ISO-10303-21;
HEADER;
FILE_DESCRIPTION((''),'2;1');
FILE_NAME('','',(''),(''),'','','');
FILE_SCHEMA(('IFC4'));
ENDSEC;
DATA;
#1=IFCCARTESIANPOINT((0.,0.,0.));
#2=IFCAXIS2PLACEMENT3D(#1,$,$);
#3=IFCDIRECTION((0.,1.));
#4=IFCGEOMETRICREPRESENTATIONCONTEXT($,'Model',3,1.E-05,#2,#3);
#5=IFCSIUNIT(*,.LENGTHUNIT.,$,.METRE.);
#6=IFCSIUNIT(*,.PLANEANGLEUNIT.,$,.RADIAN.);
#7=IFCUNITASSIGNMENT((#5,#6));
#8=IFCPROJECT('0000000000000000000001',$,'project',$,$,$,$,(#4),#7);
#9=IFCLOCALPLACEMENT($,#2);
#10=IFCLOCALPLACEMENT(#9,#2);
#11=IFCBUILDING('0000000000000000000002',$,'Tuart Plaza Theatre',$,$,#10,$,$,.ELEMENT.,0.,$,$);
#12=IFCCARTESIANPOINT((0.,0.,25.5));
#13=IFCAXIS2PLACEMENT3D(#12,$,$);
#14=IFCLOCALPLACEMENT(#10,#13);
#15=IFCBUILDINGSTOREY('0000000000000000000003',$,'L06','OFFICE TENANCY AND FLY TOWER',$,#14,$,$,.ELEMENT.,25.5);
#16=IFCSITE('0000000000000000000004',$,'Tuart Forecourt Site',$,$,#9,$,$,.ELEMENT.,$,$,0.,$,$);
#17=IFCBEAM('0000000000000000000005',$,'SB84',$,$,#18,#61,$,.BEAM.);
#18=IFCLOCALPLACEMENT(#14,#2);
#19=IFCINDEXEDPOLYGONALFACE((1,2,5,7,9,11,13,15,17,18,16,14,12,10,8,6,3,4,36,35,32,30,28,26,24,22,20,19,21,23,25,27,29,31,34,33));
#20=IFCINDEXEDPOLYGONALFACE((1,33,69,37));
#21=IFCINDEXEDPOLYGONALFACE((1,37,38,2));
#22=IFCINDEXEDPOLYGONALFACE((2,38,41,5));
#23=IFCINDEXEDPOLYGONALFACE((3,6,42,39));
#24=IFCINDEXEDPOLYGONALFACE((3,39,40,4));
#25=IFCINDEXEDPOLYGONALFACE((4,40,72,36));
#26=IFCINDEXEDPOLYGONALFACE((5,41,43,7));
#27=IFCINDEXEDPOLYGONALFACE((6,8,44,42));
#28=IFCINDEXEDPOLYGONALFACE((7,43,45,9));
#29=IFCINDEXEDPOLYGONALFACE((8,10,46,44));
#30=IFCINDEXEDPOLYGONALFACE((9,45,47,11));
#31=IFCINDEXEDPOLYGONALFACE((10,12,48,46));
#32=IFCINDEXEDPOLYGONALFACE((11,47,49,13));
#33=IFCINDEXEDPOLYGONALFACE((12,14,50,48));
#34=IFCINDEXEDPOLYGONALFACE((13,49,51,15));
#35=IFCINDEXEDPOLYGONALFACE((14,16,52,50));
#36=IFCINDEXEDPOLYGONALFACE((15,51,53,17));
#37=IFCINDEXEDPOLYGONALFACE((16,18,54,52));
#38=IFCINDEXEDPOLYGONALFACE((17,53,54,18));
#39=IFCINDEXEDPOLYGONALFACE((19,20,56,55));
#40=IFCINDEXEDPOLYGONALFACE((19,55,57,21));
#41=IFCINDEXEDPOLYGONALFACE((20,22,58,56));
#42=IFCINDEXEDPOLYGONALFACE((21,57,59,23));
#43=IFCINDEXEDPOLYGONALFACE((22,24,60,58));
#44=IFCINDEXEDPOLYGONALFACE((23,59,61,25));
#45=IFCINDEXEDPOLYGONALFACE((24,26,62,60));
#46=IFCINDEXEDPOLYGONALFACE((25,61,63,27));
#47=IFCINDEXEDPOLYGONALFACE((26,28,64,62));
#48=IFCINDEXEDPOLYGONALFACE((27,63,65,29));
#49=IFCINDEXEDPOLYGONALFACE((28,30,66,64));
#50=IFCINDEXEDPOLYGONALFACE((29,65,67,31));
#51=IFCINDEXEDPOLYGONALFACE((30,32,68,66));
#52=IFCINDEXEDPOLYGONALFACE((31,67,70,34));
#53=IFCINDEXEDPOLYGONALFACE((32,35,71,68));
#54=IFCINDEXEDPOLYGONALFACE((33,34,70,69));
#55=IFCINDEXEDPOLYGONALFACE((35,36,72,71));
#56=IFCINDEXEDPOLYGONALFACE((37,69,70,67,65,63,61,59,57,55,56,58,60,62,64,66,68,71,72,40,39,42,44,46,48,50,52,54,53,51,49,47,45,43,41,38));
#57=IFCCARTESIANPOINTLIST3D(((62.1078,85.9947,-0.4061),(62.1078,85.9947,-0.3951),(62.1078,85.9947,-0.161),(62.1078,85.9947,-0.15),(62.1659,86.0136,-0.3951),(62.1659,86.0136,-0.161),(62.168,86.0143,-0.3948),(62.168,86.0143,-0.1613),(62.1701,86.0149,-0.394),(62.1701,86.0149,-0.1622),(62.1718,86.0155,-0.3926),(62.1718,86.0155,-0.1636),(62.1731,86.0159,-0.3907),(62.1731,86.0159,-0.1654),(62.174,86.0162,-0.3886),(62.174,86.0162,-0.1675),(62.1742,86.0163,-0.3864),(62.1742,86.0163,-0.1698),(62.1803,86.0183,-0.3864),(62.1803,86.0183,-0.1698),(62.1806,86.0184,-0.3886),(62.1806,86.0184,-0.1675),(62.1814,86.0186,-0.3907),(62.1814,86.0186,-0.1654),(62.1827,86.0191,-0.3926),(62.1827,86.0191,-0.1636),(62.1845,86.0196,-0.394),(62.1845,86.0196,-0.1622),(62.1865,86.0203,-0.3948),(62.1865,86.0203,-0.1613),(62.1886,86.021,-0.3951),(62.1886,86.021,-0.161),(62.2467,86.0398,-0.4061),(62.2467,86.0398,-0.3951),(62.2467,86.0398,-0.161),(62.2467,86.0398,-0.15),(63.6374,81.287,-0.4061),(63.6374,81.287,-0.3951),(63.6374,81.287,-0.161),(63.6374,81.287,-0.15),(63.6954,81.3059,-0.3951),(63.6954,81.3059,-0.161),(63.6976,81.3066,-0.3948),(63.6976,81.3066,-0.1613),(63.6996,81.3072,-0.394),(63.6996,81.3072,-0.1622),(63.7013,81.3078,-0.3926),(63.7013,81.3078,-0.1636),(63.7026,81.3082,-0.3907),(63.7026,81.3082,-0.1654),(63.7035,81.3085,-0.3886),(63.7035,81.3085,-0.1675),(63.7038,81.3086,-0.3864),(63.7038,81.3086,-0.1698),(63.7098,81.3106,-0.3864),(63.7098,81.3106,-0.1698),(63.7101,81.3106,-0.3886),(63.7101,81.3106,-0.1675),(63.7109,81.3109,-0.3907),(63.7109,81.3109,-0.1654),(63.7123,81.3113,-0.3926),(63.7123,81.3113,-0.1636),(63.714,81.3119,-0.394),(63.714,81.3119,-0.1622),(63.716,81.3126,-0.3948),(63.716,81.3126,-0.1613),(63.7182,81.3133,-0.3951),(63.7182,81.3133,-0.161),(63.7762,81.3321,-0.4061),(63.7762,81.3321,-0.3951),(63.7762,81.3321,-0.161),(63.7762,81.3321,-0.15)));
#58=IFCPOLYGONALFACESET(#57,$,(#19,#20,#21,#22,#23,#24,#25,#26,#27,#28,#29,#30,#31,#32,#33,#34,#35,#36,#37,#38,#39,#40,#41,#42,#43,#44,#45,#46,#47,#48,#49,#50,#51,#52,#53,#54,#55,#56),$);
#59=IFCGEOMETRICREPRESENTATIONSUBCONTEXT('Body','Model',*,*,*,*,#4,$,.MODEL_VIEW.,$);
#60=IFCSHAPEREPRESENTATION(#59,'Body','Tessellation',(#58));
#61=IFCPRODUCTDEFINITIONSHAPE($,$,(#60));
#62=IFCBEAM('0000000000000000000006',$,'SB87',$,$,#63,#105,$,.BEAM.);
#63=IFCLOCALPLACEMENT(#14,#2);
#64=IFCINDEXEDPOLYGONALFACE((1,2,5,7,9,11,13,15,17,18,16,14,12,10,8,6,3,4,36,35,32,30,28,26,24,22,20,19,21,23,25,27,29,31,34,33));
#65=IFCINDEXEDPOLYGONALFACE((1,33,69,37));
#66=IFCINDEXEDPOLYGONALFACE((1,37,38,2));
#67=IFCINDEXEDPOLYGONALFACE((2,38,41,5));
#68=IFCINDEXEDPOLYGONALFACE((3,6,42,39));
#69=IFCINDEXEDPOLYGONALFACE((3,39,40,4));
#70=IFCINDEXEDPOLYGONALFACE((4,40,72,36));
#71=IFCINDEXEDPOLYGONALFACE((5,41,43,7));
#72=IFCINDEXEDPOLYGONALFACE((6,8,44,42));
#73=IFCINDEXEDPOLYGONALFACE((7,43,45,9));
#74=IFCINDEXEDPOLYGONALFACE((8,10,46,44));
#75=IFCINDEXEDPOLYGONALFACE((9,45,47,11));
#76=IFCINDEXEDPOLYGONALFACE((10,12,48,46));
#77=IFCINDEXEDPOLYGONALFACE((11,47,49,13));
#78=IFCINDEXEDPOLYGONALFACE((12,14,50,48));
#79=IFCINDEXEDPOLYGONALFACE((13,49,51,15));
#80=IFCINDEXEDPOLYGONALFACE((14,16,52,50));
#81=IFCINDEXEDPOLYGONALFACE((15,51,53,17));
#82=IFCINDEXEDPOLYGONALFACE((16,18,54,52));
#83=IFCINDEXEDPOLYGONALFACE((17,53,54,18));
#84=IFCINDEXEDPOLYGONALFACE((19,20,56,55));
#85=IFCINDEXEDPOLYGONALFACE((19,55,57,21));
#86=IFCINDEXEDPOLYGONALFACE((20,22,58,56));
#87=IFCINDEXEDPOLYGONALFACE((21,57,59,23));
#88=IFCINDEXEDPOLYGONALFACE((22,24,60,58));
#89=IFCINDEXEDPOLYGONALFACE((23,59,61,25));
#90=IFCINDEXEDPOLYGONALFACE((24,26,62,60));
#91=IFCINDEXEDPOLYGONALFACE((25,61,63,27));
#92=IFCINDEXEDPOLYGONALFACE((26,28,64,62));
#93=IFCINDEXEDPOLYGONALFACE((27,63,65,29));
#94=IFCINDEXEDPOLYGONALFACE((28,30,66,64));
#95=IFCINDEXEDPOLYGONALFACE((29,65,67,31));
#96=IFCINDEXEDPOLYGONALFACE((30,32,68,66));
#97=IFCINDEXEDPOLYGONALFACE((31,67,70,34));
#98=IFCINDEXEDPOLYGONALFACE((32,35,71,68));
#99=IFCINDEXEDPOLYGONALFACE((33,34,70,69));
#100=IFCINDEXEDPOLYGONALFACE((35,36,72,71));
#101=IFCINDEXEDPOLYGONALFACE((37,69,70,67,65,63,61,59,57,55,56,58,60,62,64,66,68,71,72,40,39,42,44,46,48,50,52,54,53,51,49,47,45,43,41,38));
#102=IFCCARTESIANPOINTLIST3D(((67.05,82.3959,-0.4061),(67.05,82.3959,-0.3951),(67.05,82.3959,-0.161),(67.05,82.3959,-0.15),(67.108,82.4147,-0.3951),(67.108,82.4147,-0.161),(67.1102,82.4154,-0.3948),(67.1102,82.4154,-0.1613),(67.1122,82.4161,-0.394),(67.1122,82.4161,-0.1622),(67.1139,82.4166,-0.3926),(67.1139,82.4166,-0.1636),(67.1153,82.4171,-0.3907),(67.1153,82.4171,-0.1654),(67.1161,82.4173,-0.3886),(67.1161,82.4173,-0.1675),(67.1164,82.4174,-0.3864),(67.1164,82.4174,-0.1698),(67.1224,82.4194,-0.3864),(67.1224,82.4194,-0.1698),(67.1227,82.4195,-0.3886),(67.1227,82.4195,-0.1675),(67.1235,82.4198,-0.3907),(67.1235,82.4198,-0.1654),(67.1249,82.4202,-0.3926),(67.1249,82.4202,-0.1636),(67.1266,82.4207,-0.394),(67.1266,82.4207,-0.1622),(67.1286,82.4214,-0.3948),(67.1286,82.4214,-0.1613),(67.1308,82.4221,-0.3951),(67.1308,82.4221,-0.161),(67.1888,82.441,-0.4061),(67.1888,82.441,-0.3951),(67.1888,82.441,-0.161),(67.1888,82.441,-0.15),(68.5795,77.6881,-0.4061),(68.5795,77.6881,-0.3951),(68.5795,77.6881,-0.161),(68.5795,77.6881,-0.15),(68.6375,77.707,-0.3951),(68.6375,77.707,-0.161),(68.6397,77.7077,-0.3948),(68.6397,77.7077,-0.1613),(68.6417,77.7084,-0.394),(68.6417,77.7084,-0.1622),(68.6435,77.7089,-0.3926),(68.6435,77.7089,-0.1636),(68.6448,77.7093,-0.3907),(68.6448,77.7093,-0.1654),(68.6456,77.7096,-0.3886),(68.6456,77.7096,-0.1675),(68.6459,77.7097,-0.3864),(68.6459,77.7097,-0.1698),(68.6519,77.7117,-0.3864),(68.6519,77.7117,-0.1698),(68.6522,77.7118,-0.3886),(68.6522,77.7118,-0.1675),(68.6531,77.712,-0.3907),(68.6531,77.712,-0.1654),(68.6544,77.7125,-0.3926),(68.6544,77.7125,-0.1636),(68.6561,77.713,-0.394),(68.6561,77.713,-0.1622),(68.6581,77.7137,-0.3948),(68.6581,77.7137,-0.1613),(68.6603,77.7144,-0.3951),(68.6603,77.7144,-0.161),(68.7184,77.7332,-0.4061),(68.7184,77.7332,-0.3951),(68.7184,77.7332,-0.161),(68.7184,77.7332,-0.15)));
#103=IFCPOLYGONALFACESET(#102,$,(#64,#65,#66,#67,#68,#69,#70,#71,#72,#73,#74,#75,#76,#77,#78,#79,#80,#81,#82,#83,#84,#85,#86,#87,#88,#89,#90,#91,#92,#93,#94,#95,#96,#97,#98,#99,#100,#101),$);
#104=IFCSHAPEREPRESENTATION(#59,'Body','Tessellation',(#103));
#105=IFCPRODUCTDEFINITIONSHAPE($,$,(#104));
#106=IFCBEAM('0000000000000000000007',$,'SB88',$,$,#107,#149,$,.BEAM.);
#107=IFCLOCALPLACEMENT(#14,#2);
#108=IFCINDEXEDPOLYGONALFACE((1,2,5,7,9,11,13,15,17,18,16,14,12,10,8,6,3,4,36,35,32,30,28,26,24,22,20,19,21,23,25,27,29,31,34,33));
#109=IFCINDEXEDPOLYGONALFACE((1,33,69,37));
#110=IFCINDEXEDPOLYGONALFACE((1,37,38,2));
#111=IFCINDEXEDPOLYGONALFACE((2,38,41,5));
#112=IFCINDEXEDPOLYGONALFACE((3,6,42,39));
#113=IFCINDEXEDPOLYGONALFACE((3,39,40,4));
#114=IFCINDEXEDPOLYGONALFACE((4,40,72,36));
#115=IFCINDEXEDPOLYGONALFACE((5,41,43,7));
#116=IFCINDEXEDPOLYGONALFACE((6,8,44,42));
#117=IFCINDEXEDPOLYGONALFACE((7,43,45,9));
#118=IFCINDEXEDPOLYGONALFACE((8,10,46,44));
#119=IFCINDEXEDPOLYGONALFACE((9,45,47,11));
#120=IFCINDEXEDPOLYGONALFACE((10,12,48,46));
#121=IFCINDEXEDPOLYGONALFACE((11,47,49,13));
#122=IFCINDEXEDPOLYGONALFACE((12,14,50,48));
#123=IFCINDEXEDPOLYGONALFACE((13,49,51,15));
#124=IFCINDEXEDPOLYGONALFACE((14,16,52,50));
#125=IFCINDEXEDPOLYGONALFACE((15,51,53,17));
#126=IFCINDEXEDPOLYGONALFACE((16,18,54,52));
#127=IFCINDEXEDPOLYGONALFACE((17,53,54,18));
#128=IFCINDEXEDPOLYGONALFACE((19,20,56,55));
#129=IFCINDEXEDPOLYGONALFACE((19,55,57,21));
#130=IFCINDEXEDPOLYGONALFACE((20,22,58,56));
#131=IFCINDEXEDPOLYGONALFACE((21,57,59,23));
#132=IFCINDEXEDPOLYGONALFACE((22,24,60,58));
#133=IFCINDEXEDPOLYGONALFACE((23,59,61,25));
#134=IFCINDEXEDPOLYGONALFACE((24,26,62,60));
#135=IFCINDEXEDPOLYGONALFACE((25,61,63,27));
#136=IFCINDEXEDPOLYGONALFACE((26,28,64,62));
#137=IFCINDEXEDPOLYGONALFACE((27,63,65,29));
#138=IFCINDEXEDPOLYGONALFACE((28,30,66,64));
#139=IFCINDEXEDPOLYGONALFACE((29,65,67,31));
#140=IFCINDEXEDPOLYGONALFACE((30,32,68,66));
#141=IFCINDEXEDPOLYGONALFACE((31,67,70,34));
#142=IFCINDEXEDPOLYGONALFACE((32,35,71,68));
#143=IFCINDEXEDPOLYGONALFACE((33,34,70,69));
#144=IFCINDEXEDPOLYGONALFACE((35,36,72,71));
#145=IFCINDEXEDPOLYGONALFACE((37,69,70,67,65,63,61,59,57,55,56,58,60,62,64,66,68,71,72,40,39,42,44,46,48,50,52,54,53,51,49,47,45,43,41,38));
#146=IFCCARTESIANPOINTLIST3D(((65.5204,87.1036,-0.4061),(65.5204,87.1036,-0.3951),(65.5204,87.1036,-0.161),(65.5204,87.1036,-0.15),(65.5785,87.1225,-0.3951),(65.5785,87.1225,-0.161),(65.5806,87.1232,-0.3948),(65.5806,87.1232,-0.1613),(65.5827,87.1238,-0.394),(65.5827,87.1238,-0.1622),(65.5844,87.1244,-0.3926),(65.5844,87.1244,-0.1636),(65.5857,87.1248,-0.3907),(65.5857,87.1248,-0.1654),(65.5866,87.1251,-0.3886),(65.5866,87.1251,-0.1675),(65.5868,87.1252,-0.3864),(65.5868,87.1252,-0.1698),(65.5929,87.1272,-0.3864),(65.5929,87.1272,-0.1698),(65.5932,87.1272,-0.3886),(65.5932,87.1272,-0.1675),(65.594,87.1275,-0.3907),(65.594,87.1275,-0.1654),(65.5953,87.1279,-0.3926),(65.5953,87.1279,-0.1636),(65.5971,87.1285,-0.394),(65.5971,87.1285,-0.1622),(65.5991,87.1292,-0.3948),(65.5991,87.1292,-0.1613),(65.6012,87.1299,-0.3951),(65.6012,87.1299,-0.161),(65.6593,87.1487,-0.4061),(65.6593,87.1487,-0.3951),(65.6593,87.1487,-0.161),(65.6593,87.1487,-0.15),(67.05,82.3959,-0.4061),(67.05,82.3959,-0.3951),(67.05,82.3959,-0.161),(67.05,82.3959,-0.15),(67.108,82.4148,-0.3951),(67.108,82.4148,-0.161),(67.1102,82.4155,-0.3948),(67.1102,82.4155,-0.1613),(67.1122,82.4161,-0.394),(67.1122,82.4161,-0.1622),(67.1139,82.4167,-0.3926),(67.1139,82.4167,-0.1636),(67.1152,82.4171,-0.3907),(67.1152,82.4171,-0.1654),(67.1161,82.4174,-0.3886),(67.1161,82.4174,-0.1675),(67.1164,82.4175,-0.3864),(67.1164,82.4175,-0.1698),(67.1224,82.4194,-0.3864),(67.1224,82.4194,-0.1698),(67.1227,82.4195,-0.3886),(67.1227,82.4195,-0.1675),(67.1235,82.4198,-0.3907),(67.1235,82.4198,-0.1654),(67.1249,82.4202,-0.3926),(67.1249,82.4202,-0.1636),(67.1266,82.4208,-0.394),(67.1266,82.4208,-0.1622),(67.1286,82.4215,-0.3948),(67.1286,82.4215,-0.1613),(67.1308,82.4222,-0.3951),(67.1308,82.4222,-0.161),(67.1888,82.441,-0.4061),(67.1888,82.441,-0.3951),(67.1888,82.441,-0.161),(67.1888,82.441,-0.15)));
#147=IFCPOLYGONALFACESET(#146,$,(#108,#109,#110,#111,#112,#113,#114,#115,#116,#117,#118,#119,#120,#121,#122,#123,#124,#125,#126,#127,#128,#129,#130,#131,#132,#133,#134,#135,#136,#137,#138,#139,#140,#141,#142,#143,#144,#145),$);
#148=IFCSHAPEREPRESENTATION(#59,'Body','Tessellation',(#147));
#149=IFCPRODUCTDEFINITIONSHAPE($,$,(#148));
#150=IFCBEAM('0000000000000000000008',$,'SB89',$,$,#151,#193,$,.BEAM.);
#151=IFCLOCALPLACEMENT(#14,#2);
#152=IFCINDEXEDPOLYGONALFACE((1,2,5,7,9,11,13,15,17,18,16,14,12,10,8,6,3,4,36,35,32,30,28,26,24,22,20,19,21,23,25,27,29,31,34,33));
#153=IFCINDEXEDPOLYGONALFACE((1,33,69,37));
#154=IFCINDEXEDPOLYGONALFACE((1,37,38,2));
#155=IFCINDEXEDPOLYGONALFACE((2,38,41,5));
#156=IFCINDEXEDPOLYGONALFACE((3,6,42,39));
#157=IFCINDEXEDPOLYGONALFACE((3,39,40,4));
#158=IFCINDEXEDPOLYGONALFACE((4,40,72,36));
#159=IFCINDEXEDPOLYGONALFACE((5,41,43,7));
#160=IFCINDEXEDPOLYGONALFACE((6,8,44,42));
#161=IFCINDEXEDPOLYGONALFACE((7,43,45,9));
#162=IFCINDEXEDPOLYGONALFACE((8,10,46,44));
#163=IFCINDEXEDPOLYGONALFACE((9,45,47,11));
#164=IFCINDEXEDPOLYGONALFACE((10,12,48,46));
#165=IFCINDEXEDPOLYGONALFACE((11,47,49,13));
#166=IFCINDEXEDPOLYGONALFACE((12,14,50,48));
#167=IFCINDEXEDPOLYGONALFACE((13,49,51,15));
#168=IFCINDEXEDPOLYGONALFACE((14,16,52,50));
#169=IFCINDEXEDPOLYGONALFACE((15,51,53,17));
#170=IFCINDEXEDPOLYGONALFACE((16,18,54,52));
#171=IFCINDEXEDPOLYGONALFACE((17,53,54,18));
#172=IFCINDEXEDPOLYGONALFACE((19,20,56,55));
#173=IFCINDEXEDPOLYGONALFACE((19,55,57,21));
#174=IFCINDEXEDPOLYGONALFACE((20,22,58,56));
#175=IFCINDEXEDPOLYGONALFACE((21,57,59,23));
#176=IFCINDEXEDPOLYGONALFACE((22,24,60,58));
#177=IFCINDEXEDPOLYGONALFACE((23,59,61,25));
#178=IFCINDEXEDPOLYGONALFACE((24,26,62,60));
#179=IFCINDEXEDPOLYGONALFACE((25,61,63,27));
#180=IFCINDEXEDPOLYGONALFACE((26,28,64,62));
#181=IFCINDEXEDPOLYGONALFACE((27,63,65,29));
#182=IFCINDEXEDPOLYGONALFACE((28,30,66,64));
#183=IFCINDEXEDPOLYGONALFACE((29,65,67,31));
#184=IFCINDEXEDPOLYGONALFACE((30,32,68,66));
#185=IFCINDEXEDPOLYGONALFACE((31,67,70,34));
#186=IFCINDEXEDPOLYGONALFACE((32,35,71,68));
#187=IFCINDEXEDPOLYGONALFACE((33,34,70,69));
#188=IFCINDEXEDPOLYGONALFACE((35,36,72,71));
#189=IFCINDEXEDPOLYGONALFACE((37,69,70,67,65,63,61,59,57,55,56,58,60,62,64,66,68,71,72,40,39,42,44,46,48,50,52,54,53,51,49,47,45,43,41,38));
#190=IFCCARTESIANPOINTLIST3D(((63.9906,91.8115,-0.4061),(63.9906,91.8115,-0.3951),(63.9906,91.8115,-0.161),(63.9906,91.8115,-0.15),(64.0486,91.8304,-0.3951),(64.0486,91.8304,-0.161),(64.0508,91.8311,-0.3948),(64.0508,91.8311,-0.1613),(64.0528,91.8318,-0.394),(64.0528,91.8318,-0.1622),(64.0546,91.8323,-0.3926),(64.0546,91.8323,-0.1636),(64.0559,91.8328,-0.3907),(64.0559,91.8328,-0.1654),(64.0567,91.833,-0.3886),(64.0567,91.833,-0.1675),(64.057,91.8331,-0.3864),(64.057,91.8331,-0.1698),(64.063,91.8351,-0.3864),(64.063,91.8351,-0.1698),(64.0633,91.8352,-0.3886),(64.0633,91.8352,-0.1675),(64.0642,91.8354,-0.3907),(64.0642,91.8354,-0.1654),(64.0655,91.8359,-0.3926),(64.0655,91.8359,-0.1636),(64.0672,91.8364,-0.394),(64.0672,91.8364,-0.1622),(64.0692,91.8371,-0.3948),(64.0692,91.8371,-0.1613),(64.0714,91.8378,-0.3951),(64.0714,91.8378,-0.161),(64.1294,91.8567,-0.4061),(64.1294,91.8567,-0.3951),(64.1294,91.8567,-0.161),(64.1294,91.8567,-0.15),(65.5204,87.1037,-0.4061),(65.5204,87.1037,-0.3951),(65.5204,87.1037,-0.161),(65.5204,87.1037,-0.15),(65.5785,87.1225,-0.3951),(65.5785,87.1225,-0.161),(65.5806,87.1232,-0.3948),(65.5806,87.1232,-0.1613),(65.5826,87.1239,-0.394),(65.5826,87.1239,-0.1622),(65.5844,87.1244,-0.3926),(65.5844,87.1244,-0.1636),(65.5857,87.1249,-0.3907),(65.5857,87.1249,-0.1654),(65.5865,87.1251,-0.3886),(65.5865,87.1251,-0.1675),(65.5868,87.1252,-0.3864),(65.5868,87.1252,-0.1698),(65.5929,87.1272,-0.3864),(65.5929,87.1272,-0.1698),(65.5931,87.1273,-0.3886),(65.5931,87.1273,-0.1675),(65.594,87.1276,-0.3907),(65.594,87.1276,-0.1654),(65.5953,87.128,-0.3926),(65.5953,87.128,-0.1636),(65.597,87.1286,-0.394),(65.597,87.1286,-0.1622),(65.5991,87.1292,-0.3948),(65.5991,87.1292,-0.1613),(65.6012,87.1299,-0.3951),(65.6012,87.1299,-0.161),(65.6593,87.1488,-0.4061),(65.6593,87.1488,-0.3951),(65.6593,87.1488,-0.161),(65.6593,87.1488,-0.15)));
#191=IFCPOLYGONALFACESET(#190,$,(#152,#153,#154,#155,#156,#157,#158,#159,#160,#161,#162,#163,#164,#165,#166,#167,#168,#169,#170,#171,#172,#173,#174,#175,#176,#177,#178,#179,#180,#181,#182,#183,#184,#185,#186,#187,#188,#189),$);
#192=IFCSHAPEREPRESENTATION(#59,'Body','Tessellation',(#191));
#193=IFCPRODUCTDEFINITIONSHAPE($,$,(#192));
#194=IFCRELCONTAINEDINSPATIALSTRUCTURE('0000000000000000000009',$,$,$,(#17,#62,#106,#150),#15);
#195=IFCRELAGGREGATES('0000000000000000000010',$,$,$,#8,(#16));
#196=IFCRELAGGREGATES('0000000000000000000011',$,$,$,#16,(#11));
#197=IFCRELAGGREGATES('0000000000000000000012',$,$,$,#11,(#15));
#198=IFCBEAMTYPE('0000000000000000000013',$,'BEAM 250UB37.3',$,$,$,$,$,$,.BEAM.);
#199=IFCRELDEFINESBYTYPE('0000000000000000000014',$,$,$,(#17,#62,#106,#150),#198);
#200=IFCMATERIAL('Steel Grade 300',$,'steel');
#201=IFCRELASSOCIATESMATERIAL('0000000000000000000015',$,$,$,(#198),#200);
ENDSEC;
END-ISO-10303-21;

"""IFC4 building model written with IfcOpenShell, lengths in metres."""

from ifc_helpers import new_model, si_unit, direction, frame, origin, origin_2d, place, context, subcontext, project, spatial, i_section, extrude, material, material_profile, profile_set, type_object, element, save


model = new_model("IFC4")

# Units and contexts
model_context = context("Model", 3, precision=1e-05, world=origin(), true_north=direction((0.0, 1.0)))
body_context = subcontext(model_context, "Body", "Model", "MODEL_VIEW")
ifc_project = project(units=[si_unit("LENGTHUNIT", "METRE"), si_unit("PLANEANGLEUNIT", "RADIAN")], contexts=[model_context])

# Site, building, storey
site_placement = place(None, origin())
site = spatial("IfcSite", under=ifc_project, at=site_placement, Name="Tuart Forecourt Site", CompositionType="ELEMENT", RefElevation=0.0)
building_placement = place(site_placement, origin())
building = spatial("IfcBuilding", under=site, at=building_placement, Name="Tuart Plaza Theatre", CompositionType="ELEMENT", ElevationOfRefHeight=0.0)
storey_placement = place(building_placement, frame((0.0, 0.0, 25.5)))
storey = spatial("IfcBuildingStorey", under=building, at=storey_placement, Name="L06", Description="OFFICE TENANCY AND FLY TOWER", CompositionType="ELEMENT", Elevation=25.5)

# Beams
ifc_material_1 = material(Name="Steel Grade 300", Category="steel")
ifc_material_profile_1 = material_profile(ifc_material_1, i_section(OverallWidth=0.146, OverallDepth=0.2561, WebThickness=0.0063, FlangeThickness=0.011, FilletRadius=0.0088, at=origin_2d()), Name="250UB37.3")
ifc_profile_set_1 = profile_set([ifc_material_profile_1], Name="Steel Grade 300")
beam_type_1 = type_object("IfcBeamType", Name="BEAM 250UB37.3", PredefinedType="BEAM", material=ifc_profile_set_1)
for number, where, z_axis, x_axis, name in (
    (1, (63.7068, 81.3096, -0.2781), (-0.308998, 0.951063, 0.0), (-0.951063, -0.308998, 0.0), "SB84"),
    (2, (68.6489, 77.7107, -0.2781), (-0.308998, 0.951063, 0.0), (-0.951063, -0.308998, 0.0), "SB87"),
    (3, (67.1194, 82.4185, -0.2781), (-0.308998, 0.951063, 0.0), (-0.951063, -0.308998, 0.0), "SB88"),
):
    element("IfcBeam", number, at=place(storey_placement, frame(where, z_axis=z_axis, x_axis=x_axis)), inside=storey, type_object=beam_type_1, Name=name, PredefinedType="BEAM", context=body_context, shape_type="SweptSolid", body=[
        extrude(i_section(OverallWidth=0.146, OverallDepth=0.2561, WebThickness=0.0063, FlangeThickness=0.011, FilletRadius=0.0088, at=origin_2d()), origin(), (0.0, 0.0, 1.0), 4.95),
    ])
beam_1_placement = place(storey_placement, frame((65.5898, 87.1262, -0.2781), z_axis=(-0.309043, 0.951048, 0.0), x_axis=(-0.951048, -0.309043, 0.0)))
element("IfcBeam", 4, at=beam_1_placement, inside=storey, type_object=beam_type_1, Name="SB89", PredefinedType="BEAM", context=body_context, shape_type="SweptSolid", body=[
    extrude(i_section(OverallWidth=0.146, OverallDepth=0.2561, WebThickness=0.0063, FlangeThickness=0.011, FilletRadius=0.0088, at=origin_2d()), origin(), (0.0, 0.0, 1.0), 4.9502),
])

save(model, "model.ifc")
